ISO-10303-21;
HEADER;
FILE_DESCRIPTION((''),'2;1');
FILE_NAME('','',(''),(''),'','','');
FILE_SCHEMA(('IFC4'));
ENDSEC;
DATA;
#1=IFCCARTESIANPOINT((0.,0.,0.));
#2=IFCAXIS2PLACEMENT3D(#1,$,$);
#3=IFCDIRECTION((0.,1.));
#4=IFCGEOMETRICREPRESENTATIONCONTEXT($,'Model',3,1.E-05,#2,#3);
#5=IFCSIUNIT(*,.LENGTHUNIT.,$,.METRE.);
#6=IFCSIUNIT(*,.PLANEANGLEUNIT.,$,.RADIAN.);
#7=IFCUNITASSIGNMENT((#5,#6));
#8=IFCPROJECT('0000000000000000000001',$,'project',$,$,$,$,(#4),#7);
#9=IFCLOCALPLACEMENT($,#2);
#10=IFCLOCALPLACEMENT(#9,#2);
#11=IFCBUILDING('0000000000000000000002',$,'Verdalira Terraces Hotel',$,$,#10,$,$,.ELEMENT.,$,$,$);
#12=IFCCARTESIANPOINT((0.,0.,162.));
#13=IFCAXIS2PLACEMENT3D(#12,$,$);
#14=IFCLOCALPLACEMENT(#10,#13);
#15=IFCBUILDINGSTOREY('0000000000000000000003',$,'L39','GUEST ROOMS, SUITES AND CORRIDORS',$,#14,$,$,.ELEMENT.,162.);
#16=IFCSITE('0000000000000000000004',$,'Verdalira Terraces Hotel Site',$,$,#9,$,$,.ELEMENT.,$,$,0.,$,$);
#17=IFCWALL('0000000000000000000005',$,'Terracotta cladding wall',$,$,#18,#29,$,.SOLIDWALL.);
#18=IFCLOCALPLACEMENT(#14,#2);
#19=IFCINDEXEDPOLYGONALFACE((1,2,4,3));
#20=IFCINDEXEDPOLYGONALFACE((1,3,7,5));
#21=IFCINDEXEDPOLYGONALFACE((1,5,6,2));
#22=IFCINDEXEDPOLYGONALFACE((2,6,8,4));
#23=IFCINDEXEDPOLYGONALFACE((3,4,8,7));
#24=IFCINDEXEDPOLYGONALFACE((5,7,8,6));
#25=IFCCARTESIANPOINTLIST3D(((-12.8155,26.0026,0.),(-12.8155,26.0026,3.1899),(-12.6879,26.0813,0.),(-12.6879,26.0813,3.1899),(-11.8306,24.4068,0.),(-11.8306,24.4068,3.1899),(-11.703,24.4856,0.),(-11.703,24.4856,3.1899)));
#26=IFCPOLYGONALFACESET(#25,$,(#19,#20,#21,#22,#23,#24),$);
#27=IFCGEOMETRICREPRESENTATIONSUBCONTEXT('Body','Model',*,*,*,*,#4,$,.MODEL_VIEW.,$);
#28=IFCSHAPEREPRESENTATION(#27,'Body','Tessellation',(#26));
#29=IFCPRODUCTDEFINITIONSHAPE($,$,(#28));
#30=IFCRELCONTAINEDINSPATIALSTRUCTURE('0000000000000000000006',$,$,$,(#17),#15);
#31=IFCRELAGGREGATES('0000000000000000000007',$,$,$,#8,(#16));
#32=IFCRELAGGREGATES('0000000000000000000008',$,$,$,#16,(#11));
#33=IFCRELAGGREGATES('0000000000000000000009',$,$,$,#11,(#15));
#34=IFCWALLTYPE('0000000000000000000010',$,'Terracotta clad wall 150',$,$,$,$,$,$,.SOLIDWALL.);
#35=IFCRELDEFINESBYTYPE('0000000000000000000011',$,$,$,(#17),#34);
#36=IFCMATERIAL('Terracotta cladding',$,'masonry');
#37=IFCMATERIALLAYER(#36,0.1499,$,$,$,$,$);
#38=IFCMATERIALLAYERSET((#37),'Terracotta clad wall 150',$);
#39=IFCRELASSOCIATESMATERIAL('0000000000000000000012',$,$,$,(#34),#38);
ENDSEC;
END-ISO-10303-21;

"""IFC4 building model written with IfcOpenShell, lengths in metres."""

from ifc_helpers import new_model, si_unit, direction, frame, frame_2d, origin, place, context, subcontext, project, spatial, rectangle, extrude, material, layer, layer_set, type_object, element, save


model = new_model("IFC4")

# Units and contexts
model_context = context("Model", 3, precision=1e-05, world=origin(), true_north=direction((0.0, 1.0)))
body_context = subcontext(model_context, "Body", "Model", "MODEL_VIEW")
ifc_project = project(units=[si_unit("LENGTHUNIT", "METRE"), si_unit("PLANEANGLEUNIT", "RADIAN")], contexts=[model_context])

# Site, building, storey
site_placement = place(None, origin())
site = spatial("IfcSite", under=ifc_project, at=site_placement, Name="Verdalira Terraces Hotel Site", CompositionType="ELEMENT", RefElevation=0.0)
building_placement = place(site_placement, origin())
building = spatial("IfcBuilding", under=site, at=building_placement, Name="Verdalira Terraces Hotel", CompositionType="ELEMENT")
storey_placement = place(building_placement, frame((0.0, 0.0, 162.0)))
storey = spatial("IfcBuildingStorey", under=building, at=storey_placement, Name="L39", Description="GUEST ROOMS, SUITES AND CORRIDORS", CompositionType="ELEMENT", Elevation=162.0)

# Wall
ifc_material_1 = material(Name="Terracotta cladding", Category="masonry")
ifc_layer_1 = layer(ifc_material_1, 0.1499)
ifc_layer_set_1 = layer_set([ifc_layer_1], Name="Terracotta clad wall 150")
wall_type_1 = type_object("IfcWallType", Name="Terracotta clad wall 150", PredefinedType="SOLIDWALL", material=ifc_layer_set_1)
wall_1_placement = place(storey_placement, frame((-11.7668, 24.4463, 0.0), z_axis=(0.0, 0.0, 1.0), x_axis=(-0.525216, 0.850969, 0.0)))
element("IfcWall", 1, at=wall_1_placement, inside=storey, type_object=wall_type_1, Name="Terracotta cladding wall", PredefinedType="SOLIDWALL", context=body_context, shape_type="SweptSolid", body=[
    extrude(rectangle(XDim=1.8752, YDim=0.1499, at=frame_2d((0.9375, 0.0))), origin(), (0.0, 0.0, 1.0), 3.1899),
])

save(model, "model.ifc")
